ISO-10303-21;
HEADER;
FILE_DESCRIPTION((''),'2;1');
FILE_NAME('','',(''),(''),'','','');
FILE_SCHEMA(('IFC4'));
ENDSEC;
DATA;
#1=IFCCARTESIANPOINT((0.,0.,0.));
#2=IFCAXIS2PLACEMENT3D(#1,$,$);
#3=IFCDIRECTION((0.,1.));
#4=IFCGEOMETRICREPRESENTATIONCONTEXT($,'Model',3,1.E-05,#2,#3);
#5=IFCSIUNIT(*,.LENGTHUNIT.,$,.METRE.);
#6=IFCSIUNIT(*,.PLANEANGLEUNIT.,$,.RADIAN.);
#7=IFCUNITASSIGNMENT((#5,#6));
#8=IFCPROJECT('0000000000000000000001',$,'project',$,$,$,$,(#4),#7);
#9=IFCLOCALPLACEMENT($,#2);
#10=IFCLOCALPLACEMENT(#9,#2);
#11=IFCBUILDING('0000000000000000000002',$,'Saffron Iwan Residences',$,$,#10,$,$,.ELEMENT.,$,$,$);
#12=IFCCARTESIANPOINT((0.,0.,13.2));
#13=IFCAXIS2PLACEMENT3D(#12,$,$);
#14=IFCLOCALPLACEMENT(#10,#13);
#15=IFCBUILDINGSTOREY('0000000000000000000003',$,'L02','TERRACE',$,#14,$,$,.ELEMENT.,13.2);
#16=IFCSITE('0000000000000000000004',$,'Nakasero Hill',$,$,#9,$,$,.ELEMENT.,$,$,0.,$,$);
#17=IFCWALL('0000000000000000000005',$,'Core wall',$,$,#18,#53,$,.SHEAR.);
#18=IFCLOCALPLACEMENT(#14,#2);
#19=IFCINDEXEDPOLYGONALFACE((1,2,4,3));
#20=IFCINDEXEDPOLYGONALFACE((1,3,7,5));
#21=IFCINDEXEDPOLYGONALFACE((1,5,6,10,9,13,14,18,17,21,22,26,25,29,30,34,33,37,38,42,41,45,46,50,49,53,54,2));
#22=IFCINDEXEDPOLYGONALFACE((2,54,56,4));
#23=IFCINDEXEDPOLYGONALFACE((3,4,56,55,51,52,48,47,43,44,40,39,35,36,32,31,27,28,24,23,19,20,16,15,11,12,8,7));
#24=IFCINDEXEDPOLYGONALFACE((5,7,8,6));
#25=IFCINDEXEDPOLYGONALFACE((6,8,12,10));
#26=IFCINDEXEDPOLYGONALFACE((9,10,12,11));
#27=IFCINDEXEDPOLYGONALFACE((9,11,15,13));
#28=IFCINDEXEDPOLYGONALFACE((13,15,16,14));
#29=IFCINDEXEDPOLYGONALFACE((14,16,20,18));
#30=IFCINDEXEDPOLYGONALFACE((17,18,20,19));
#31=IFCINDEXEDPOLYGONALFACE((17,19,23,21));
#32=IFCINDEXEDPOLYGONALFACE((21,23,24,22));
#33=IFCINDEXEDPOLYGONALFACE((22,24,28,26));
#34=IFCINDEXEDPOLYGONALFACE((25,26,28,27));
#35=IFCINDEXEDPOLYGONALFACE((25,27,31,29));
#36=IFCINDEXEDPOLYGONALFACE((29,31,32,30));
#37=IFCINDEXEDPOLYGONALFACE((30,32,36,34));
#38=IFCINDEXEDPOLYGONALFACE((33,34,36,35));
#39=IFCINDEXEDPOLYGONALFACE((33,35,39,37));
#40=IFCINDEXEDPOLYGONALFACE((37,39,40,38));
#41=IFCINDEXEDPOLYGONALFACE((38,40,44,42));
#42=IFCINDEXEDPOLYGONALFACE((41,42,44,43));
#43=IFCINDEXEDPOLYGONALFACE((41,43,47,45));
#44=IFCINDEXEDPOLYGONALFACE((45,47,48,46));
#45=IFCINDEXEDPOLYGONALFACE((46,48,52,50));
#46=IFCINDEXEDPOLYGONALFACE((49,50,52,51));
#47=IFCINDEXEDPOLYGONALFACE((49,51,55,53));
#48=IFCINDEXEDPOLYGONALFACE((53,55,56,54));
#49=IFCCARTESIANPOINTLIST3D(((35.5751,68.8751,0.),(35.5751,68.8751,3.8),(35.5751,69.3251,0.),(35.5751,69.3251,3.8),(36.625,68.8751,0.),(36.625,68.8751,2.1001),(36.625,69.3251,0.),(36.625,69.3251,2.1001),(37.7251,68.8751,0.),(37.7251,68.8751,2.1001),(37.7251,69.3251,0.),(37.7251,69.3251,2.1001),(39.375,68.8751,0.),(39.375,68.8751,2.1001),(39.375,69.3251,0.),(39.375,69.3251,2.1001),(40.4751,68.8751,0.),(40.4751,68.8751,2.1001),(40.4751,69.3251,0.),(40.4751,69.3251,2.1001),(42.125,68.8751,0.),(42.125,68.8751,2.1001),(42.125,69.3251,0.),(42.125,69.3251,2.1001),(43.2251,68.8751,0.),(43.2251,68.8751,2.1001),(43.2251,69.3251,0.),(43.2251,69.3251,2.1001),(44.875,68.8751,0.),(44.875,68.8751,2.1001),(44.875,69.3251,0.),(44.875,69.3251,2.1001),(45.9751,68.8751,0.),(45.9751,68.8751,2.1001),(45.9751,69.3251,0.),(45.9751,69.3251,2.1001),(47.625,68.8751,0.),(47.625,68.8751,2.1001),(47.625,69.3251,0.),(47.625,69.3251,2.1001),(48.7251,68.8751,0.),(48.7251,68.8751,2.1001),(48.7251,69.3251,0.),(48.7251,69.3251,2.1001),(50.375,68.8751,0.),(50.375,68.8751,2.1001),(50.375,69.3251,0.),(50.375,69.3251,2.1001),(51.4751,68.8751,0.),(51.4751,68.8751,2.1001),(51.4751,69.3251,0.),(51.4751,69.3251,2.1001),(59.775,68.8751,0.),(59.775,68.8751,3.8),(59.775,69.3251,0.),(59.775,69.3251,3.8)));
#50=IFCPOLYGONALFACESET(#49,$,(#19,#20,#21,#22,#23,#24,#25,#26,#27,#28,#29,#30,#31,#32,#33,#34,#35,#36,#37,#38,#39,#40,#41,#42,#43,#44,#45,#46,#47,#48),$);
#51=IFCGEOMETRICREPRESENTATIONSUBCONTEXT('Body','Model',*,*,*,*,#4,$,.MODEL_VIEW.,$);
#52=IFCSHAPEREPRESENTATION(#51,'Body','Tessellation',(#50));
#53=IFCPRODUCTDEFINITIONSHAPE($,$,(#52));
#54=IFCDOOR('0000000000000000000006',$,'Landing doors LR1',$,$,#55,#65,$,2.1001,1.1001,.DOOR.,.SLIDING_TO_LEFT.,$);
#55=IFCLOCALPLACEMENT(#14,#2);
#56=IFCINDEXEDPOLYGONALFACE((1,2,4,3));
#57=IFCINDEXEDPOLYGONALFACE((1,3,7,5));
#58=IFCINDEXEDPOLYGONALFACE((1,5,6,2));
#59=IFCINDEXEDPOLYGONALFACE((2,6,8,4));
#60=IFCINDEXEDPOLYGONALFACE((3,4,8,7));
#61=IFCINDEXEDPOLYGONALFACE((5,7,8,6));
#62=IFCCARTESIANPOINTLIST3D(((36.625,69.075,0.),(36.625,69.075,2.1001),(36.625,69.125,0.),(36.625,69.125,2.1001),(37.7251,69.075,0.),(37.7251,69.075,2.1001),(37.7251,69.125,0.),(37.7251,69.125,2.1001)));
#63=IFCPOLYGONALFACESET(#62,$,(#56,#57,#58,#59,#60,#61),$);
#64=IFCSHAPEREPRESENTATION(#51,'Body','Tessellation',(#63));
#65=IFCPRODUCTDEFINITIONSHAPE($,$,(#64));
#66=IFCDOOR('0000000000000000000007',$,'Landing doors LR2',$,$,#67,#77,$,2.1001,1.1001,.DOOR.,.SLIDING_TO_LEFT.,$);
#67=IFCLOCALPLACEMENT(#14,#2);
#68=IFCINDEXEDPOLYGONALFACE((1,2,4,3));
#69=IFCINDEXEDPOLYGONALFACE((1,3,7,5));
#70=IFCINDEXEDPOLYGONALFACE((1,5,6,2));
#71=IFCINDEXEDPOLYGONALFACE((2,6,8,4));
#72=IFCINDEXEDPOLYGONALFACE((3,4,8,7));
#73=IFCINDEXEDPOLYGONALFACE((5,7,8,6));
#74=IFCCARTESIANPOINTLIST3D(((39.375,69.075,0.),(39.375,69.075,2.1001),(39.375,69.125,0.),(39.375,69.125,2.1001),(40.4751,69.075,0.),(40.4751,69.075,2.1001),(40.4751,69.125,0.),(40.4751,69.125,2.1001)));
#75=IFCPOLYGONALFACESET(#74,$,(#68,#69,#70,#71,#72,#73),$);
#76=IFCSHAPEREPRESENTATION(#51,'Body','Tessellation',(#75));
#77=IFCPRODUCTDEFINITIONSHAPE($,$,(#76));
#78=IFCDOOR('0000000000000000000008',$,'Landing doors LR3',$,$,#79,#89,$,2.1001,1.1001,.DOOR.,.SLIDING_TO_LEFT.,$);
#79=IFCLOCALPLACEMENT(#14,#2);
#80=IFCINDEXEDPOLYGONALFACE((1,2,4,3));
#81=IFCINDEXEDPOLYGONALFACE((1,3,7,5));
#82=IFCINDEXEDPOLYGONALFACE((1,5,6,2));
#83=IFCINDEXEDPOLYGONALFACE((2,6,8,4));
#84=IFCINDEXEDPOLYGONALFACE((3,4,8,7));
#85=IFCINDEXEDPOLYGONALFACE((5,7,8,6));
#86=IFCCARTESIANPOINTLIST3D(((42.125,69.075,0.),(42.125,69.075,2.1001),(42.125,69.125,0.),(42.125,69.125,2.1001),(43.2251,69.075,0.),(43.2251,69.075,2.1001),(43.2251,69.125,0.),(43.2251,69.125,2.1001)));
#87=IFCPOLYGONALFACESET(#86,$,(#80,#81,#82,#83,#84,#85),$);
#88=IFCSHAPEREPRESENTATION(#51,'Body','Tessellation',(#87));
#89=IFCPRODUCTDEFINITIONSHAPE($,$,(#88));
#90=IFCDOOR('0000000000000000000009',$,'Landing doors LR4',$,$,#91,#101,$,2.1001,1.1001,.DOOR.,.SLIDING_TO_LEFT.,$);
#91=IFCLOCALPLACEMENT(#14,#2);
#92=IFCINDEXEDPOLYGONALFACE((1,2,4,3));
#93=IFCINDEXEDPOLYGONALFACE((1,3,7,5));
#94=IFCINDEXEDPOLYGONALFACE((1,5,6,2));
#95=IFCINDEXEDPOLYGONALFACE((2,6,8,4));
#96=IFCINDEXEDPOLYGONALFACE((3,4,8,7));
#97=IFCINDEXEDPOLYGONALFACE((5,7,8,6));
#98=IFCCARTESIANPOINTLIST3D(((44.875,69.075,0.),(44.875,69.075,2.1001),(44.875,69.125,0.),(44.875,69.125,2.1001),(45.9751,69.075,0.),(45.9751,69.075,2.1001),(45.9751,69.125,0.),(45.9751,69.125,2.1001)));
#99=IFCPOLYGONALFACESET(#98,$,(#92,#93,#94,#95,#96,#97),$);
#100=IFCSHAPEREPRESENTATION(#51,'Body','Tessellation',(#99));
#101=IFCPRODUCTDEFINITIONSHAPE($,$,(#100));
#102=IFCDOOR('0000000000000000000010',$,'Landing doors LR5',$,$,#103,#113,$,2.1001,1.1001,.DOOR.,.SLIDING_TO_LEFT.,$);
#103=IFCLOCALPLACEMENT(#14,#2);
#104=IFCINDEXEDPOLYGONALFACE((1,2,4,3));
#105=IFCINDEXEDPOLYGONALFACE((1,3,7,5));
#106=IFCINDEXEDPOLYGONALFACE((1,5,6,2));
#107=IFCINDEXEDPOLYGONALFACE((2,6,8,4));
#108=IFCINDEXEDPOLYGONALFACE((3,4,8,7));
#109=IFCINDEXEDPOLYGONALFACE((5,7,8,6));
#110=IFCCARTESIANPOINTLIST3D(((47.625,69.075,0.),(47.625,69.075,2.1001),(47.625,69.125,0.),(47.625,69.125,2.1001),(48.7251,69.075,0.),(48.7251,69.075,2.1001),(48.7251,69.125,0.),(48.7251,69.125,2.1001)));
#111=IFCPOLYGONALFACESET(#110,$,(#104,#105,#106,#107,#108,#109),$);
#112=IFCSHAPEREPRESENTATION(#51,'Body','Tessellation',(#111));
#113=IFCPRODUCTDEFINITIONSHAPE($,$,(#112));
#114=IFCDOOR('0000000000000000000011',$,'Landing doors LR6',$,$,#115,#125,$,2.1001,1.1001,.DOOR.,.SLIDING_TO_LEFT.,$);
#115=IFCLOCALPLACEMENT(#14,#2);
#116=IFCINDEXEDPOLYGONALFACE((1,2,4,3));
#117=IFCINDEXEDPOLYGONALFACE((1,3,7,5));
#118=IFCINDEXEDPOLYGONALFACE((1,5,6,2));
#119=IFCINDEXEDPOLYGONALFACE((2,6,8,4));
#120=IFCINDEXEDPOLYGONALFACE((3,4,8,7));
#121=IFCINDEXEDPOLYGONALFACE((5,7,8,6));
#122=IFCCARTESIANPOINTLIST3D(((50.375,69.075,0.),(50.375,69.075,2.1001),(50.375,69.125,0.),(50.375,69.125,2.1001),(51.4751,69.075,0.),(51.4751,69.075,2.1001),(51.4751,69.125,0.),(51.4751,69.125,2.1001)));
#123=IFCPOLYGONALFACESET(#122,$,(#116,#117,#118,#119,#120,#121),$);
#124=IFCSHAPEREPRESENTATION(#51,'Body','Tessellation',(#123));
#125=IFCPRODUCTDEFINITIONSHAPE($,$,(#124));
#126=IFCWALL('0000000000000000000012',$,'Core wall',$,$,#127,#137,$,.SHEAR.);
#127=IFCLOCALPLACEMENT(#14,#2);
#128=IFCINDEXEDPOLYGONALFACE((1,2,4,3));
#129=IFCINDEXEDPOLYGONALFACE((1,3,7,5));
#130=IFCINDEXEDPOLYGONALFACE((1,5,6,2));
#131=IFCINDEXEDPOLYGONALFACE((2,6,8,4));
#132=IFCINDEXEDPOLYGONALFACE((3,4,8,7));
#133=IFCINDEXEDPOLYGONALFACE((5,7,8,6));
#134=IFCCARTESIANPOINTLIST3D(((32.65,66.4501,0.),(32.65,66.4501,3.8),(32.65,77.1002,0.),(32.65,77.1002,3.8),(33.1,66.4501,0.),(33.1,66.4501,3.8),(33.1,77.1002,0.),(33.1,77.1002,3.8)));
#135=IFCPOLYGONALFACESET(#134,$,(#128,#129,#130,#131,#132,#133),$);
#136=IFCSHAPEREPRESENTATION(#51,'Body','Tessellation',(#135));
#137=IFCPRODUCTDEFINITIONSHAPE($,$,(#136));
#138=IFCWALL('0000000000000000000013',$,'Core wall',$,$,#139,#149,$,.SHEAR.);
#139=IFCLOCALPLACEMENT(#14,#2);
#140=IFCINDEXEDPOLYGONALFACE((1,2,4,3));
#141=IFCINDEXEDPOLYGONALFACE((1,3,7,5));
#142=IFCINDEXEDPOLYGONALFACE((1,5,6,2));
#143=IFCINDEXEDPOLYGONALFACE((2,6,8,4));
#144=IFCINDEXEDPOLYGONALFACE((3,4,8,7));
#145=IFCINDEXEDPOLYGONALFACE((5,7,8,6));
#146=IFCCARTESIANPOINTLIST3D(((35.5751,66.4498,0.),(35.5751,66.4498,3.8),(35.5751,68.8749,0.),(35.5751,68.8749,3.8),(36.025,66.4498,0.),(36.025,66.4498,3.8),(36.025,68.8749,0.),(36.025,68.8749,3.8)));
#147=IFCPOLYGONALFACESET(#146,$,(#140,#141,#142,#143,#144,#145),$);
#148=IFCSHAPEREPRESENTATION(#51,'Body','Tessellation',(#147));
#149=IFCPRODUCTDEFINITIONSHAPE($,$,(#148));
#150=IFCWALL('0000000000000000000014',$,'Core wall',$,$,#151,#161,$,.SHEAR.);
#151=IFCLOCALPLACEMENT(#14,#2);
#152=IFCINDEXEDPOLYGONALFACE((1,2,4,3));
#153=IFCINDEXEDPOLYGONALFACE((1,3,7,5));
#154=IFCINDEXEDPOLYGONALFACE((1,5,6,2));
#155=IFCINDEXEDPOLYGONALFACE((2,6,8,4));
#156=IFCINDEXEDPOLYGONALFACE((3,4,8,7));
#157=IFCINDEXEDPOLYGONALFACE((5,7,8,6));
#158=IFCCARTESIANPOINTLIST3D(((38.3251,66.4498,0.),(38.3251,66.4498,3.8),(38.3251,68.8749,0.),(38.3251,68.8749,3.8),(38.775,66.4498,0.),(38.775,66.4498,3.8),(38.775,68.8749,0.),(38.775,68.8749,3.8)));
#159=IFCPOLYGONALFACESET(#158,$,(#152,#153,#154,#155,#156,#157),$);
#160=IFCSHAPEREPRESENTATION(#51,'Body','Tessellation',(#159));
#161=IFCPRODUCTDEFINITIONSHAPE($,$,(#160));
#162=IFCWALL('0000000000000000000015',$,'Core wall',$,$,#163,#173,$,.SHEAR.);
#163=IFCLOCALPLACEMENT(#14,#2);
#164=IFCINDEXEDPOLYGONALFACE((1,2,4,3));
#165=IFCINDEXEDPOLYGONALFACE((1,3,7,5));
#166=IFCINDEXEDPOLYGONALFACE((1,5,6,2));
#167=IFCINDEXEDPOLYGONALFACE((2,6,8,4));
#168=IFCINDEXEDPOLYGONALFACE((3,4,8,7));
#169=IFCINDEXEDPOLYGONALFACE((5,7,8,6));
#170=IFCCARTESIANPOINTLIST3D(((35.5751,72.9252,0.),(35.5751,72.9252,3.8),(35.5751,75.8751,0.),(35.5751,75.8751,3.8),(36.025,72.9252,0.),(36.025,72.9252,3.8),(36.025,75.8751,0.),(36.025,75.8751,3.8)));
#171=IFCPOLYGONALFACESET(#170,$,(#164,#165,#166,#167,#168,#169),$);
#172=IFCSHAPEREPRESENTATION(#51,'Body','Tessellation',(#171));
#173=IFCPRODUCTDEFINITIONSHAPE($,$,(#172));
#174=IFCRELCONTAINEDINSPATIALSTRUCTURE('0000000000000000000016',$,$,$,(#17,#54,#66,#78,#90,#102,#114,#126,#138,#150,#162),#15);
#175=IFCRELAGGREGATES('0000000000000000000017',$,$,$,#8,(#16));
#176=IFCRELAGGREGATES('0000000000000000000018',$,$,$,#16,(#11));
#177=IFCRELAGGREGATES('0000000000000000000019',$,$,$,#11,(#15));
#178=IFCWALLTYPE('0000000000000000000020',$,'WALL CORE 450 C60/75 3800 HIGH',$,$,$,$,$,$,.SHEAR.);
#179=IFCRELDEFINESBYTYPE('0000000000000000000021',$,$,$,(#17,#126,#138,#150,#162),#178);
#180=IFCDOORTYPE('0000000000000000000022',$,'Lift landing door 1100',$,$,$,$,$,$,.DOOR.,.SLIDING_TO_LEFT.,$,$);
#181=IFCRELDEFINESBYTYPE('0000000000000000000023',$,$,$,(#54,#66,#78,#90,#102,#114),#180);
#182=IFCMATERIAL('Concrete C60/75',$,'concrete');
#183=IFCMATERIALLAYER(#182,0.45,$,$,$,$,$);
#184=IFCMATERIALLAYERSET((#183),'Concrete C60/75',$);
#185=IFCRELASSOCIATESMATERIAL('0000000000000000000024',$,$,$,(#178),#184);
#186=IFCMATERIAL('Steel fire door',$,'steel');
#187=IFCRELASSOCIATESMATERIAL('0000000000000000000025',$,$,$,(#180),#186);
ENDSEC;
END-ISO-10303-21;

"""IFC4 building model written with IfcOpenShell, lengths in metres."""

from ifc_helpers import new_model, si_unit, direction, frame, frame_2d, origin, place, context, subcontext, project, spatial, rectangle, extrude, material, layer, layer_set, type_object, element, fill, save


model = new_model("IFC4")

# Units and contexts
model_context = context("Model", 3, precision=1e-05, world=origin(), true_north=direction((0.0, 1.0)))
body_context = subcontext(model_context, "Body", "Model", "MODEL_VIEW")
ifc_project = project(units=[si_unit("LENGTHUNIT", "METRE"), si_unit("PLANEANGLEUNIT", "RADIAN")], contexts=[model_context])

# Site, building, storey
site_placement = place(None, origin())
site = spatial("IfcSite", under=ifc_project, at=site_placement, Name="Nakasero Hill", CompositionType="ELEMENT", RefElevation=0.0)
building_placement = place(site_placement, origin())
building = spatial("IfcBuilding", under=site, at=building_placement, Name="Saffron Iwan Residences", CompositionType="ELEMENT")
storey_placement = place(building_placement, frame((0.0, 0.0, 13.2)))
storey = spatial("IfcBuildingStorey", under=building, at=storey_placement, Name="L02", Description="TERRACE", CompositionType="ELEMENT", Elevation=13.2)

# Wall, openings, doors
ifc_material_1 = material(Name="Concrete C60/75", Category="concrete")
ifc_layer = layer(ifc_material_1, 0.45)
ifc_layer_set = layer_set([ifc_layer], Name="Concrete C60/75")
wall_type = type_object("IfcWallType", Name="WALL CORE 450 C60/75 3800 HIGH", PredefinedType="SHEAR", material=ifc_layer_set)
wall_1_placement = place(storey_placement, frame((35.575, 69.1001, 0.0), z_axis=(0.0, 0.0, 1.0), x_axis=(1.0, 0.0, 0.0)))
wall_1 = element("IfcWall", 1, at=wall_1_placement, inside=storey, type_object=wall_type, Name="Core wall", PredefinedType="SHEAR", context=body_context, shape_type="SweptSolid", body=[
    extrude(rectangle(XDim=24.2, YDim=0.45, at=frame_2d((12.1001, 0.0))), origin(), (0.0, 0.0, 1.0), 3.8),
])
opening_1_placement = place(wall_1_placement, frame((1.05, 0.0, 0.0)))
opening_1 = element("IfcOpeningElement", 2, at=opening_1_placement, cuts=wall_1, PredefinedType="OPENING", context=body_context, shape_type="SweptSolid", body=[
    extrude(rectangle(XDim=1.1001, YDim=2.1001, at=frame_2d((0.55, 1.05))), frame((0.0, 0.2349, 0.0), z_axis=(0.0, -1.0, 0.0), x_axis=(1.0, 0.0, 0.0)), (0.0, 0.0, 1.0), 0.47),
])
opening_2_placement = place(wall_1_placement, frame((3.8, 0.0, 0.0)))
opening_2 = element("IfcOpeningElement", 3, at=opening_2_placement, cuts=wall_1, PredefinedType="OPENING", context=body_context, shape_type="SweptSolid", body=[
    extrude(rectangle(XDim=1.1001, YDim=2.1001, at=frame_2d((0.55, 1.05))), frame((0.0, 0.2349, 0.0), z_axis=(0.0, -1.0, 0.0), x_axis=(1.0, 0.0, 0.0)), (0.0, 0.0, 1.0), 0.47),
])
opening_3_placement = place(wall_1_placement, frame((6.55, 0.0, 0.0)))
opening_3 = element("IfcOpeningElement", 4, at=opening_3_placement, cuts=wall_1, PredefinedType="OPENING", context=body_context, shape_type="SweptSolid", body=[
    extrude(rectangle(XDim=1.1001, YDim=2.1001, at=frame_2d((0.55, 1.05))), frame((0.0, 0.2349, 0.0), z_axis=(0.0, -1.0, 0.0), x_axis=(1.0, 0.0, 0.0)), (0.0, 0.0, 1.0), 0.47),
])
opening_4_placement = place(wall_1_placement, frame((9.3, 0.0, 0.0)))
opening_4 = element("IfcOpeningElement", 5, at=opening_4_placement, cuts=wall_1, PredefinedType="OPENING", context=body_context, shape_type="SweptSolid", body=[
    extrude(rectangle(XDim=1.1001, YDim=2.1001, at=frame_2d((0.55, 1.05))), frame((0.0, 0.2349, 0.0), z_axis=(0.0, -1.0, 0.0), x_axis=(1.0, 0.0, 0.0)), (0.0, 0.0, 1.0), 0.47),
])
opening_5_placement = place(wall_1_placement, frame((12.05, 0.0, 0.0)))
opening_5 = element("IfcOpeningElement", 6, at=opening_5_placement, cuts=wall_1, PredefinedType="OPENING", context=body_context, shape_type="SweptSolid", body=[
    extrude(rectangle(XDim=1.1001, YDim=2.1001, at=frame_2d((0.55, 1.05))), frame((0.0, 0.2349, 0.0), z_axis=(0.0, -1.0, 0.0), x_axis=(1.0, 0.0, 0.0)), (0.0, 0.0, 1.0), 0.47),
])
opening_6_placement = place(wall_1_placement, frame((14.8, 0.0, 0.0)))
opening_6 = element("IfcOpeningElement", 7, at=opening_6_placement, cuts=wall_1, PredefinedType="OPENING", context=body_context, shape_type="SweptSolid", body=[
    extrude(rectangle(XDim=1.1001, YDim=2.1001, at=frame_2d((0.55, 1.05))), frame((0.0, 0.2349, 0.0), z_axis=(0.0, -1.0, 0.0), x_axis=(1.0, 0.0, 0.0)), (0.0, 0.0, 1.0), 0.47),
])
ifc_material_2 = material(Name="Steel fire door", Category="steel")
door_type_1 = type_object("IfcDoorType", Name="Lift landing door 1100", OperationType="SLIDING_TO_LEFT", PredefinedType="DOOR", material=ifc_material_2)
door_1_placement = place(opening_1_placement, origin())
door_1 = element("IfcDoor", 8, at=door_1_placement, inside=storey, type_object=door_type_1, Name="Landing doors LR1", OperationType="SLIDING_TO_LEFT", OverallHeight=2.1001, OverallWidth=1.1001, PredefinedType="DOOR", context=body_context, shape_type="SweptSolid", body=[
    extrude(rectangle(XDim=1.1001, YDim=2.1001, at=frame_2d((0.55, 1.05))), frame((0.0, 0.0249, 0.0), z_axis=(0.0, -1.0, 0.0), x_axis=(1.0, 0.0, 0.0)), (0.0, 0.0, 1.0), 0.05),
])
fill(opening_1, door_1)
door_2_placement = place(opening_2_placement, origin())
door_2 = element("IfcDoor", 9, at=door_2_placement, inside=storey, type_object=door_type_1, Name="Landing doors LR2", OperationType="SLIDING_TO_LEFT", OverallHeight=2.1001, OverallWidth=1.1001, PredefinedType="DOOR", context=body_context, shape_type="SweptSolid", body=[
    extrude(rectangle(XDim=1.1001, YDim=2.1001, at=frame_2d((0.55, 1.05))), frame((0.0, 0.0249, 0.0), z_axis=(0.0, -1.0, 0.0), x_axis=(1.0, 0.0, 0.0)), (0.0, 0.0, 1.0), 0.05),
])
fill(opening_2, door_2)
door_3_placement = place(opening_3_placement, origin())
door_3 = element("IfcDoor", 10, at=door_3_placement, inside=storey, type_object=door_type_1, Name="Landing doors LR3", OperationType="SLIDING_TO_LEFT", OverallHeight=2.1001, OverallWidth=1.1001, PredefinedType="DOOR", context=body_context, shape_type="SweptSolid", body=[
    extrude(rectangle(XDim=1.1001, YDim=2.1001, at=frame_2d((0.55, 1.05))), frame((0.0, 0.0249, 0.0), z_axis=(0.0, -1.0, 0.0), x_axis=(1.0, 0.0, 0.0)), (0.0, 0.0, 1.0), 0.05),
])
fill(opening_3, door_3)
door_4_placement = place(opening_4_placement, origin())
door_4 = element("IfcDoor", 11, at=door_4_placement, inside=storey, type_object=door_type_1, Name="Landing doors LR4", OperationType="SLIDING_TO_LEFT", OverallHeight=2.1001, OverallWidth=1.1001, PredefinedType="DOOR", context=body_context, shape_type="SweptSolid", body=[
    extrude(rectangle(XDim=1.1001, YDim=2.1001, at=frame_2d((0.55, 1.05))), frame((0.0, 0.0249, 0.0), z_axis=(0.0, -1.0, 0.0), x_axis=(1.0, 0.0, 0.0)), (0.0, 0.0, 1.0), 0.05),
])
fill(opening_4, door_4)
door_5_placement = place(opening_5_placement, origin())
door_5 = element("IfcDoor", 12, at=door_5_placement, inside=storey, type_object=door_type_1, Name="Landing doors LR5", OperationType="SLIDING_TO_LEFT", OverallHeight=2.1001, OverallWidth=1.1001, PredefinedType="DOOR", context=body_context, shape_type="SweptSolid", body=[
    extrude(rectangle(XDim=1.1001, YDim=2.1001, at=frame_2d((0.55, 1.05))), frame((0.0, 0.0249, 0.0), z_axis=(0.0, -1.0, 0.0), x_axis=(1.0, 0.0, 0.0)), (0.0, 0.0, 1.0), 0.05),
])
fill(opening_5, door_5)
door_6_placement = place(opening_6_placement, origin())
door_6 = element("IfcDoor", 13, at=door_6_placement, inside=storey, type_object=door_type_1, Name="Landing doors LR6", OperationType="SLIDING_TO_LEFT", OverallHeight=2.1001, OverallWidth=1.1001, PredefinedType="DOOR", context=body_context, shape_type="SweptSolid", body=[
    extrude(rectangle(XDim=1.1001, YDim=2.1001, at=frame_2d((0.55, 1.05))), frame((0.0, 0.0249, 0.0), z_axis=(0.0, -1.0, 0.0), x_axis=(1.0, 0.0, 0.0)), (0.0, 0.0, 1.0), 0.05),
])
fill(opening_6, door_6)

# Walls
wall_2_placement = place(storey_placement, frame((32.875, 66.45, 0.0), z_axis=(0.0, 0.0, 1.0), x_axis=(0.0, 1.0, 0.0)))
element("IfcWall", 14, at=wall_2_placement, inside=storey, type_object=wall_type, Name="Core wall", PredefinedType="SHEAR", context=body_context, shape_type="SweptSolid", body=[
    extrude(rectangle(XDim=10.6501, YDim=0.45, at=frame_2d((5.3252, 0.0))), origin(), (0.0, 0.0, 1.0), 3.8),
])
for number, where, z_axis, x_axis, name in (
    (15, (35.8, 66.45, 0.0), (0.0, 0.0, 1.0), (0.0, 1.0, 0.0), "Core wall"),
    (16, (38.55, 66.45, 0.0), (0.0, 0.0, 1.0), (0.0, 1.0, 0.0), "Core wall"),
):
    element("IfcWall", number, at=place(storey_placement, frame(where, z_axis=z_axis, x_axis=x_axis)), inside=storey, type_object=wall_type, Name=name, PredefinedType="SHEAR", context=body_context, shape_type="SweptSolid", body=[
        extrude(rectangle(XDim=2.425, YDim=0.45, at=frame_2d((1.2124, 0.0))), origin(), (0.0, 0.0, 1.0), 3.8),
    ])
wall_3_placement = place(storey_placement, frame((35.8, 72.925, 0.0), z_axis=(0.0, 0.0, 1.0), x_axis=(0.0, 1.0, 0.0)))
element("IfcWall", 17, at=wall_3_placement, inside=storey, type_object=wall_type, Name="Core wall", PredefinedType="SHEAR", context=body_context, shape_type="SweptSolid", body=[
    extrude(rectangle(XDim=2.95, YDim=0.45, at=frame_2d((1.4751, 0.0))), origin(), (0.0, 0.0, 1.0), 3.8),
])

save(model, "model.ifc")
